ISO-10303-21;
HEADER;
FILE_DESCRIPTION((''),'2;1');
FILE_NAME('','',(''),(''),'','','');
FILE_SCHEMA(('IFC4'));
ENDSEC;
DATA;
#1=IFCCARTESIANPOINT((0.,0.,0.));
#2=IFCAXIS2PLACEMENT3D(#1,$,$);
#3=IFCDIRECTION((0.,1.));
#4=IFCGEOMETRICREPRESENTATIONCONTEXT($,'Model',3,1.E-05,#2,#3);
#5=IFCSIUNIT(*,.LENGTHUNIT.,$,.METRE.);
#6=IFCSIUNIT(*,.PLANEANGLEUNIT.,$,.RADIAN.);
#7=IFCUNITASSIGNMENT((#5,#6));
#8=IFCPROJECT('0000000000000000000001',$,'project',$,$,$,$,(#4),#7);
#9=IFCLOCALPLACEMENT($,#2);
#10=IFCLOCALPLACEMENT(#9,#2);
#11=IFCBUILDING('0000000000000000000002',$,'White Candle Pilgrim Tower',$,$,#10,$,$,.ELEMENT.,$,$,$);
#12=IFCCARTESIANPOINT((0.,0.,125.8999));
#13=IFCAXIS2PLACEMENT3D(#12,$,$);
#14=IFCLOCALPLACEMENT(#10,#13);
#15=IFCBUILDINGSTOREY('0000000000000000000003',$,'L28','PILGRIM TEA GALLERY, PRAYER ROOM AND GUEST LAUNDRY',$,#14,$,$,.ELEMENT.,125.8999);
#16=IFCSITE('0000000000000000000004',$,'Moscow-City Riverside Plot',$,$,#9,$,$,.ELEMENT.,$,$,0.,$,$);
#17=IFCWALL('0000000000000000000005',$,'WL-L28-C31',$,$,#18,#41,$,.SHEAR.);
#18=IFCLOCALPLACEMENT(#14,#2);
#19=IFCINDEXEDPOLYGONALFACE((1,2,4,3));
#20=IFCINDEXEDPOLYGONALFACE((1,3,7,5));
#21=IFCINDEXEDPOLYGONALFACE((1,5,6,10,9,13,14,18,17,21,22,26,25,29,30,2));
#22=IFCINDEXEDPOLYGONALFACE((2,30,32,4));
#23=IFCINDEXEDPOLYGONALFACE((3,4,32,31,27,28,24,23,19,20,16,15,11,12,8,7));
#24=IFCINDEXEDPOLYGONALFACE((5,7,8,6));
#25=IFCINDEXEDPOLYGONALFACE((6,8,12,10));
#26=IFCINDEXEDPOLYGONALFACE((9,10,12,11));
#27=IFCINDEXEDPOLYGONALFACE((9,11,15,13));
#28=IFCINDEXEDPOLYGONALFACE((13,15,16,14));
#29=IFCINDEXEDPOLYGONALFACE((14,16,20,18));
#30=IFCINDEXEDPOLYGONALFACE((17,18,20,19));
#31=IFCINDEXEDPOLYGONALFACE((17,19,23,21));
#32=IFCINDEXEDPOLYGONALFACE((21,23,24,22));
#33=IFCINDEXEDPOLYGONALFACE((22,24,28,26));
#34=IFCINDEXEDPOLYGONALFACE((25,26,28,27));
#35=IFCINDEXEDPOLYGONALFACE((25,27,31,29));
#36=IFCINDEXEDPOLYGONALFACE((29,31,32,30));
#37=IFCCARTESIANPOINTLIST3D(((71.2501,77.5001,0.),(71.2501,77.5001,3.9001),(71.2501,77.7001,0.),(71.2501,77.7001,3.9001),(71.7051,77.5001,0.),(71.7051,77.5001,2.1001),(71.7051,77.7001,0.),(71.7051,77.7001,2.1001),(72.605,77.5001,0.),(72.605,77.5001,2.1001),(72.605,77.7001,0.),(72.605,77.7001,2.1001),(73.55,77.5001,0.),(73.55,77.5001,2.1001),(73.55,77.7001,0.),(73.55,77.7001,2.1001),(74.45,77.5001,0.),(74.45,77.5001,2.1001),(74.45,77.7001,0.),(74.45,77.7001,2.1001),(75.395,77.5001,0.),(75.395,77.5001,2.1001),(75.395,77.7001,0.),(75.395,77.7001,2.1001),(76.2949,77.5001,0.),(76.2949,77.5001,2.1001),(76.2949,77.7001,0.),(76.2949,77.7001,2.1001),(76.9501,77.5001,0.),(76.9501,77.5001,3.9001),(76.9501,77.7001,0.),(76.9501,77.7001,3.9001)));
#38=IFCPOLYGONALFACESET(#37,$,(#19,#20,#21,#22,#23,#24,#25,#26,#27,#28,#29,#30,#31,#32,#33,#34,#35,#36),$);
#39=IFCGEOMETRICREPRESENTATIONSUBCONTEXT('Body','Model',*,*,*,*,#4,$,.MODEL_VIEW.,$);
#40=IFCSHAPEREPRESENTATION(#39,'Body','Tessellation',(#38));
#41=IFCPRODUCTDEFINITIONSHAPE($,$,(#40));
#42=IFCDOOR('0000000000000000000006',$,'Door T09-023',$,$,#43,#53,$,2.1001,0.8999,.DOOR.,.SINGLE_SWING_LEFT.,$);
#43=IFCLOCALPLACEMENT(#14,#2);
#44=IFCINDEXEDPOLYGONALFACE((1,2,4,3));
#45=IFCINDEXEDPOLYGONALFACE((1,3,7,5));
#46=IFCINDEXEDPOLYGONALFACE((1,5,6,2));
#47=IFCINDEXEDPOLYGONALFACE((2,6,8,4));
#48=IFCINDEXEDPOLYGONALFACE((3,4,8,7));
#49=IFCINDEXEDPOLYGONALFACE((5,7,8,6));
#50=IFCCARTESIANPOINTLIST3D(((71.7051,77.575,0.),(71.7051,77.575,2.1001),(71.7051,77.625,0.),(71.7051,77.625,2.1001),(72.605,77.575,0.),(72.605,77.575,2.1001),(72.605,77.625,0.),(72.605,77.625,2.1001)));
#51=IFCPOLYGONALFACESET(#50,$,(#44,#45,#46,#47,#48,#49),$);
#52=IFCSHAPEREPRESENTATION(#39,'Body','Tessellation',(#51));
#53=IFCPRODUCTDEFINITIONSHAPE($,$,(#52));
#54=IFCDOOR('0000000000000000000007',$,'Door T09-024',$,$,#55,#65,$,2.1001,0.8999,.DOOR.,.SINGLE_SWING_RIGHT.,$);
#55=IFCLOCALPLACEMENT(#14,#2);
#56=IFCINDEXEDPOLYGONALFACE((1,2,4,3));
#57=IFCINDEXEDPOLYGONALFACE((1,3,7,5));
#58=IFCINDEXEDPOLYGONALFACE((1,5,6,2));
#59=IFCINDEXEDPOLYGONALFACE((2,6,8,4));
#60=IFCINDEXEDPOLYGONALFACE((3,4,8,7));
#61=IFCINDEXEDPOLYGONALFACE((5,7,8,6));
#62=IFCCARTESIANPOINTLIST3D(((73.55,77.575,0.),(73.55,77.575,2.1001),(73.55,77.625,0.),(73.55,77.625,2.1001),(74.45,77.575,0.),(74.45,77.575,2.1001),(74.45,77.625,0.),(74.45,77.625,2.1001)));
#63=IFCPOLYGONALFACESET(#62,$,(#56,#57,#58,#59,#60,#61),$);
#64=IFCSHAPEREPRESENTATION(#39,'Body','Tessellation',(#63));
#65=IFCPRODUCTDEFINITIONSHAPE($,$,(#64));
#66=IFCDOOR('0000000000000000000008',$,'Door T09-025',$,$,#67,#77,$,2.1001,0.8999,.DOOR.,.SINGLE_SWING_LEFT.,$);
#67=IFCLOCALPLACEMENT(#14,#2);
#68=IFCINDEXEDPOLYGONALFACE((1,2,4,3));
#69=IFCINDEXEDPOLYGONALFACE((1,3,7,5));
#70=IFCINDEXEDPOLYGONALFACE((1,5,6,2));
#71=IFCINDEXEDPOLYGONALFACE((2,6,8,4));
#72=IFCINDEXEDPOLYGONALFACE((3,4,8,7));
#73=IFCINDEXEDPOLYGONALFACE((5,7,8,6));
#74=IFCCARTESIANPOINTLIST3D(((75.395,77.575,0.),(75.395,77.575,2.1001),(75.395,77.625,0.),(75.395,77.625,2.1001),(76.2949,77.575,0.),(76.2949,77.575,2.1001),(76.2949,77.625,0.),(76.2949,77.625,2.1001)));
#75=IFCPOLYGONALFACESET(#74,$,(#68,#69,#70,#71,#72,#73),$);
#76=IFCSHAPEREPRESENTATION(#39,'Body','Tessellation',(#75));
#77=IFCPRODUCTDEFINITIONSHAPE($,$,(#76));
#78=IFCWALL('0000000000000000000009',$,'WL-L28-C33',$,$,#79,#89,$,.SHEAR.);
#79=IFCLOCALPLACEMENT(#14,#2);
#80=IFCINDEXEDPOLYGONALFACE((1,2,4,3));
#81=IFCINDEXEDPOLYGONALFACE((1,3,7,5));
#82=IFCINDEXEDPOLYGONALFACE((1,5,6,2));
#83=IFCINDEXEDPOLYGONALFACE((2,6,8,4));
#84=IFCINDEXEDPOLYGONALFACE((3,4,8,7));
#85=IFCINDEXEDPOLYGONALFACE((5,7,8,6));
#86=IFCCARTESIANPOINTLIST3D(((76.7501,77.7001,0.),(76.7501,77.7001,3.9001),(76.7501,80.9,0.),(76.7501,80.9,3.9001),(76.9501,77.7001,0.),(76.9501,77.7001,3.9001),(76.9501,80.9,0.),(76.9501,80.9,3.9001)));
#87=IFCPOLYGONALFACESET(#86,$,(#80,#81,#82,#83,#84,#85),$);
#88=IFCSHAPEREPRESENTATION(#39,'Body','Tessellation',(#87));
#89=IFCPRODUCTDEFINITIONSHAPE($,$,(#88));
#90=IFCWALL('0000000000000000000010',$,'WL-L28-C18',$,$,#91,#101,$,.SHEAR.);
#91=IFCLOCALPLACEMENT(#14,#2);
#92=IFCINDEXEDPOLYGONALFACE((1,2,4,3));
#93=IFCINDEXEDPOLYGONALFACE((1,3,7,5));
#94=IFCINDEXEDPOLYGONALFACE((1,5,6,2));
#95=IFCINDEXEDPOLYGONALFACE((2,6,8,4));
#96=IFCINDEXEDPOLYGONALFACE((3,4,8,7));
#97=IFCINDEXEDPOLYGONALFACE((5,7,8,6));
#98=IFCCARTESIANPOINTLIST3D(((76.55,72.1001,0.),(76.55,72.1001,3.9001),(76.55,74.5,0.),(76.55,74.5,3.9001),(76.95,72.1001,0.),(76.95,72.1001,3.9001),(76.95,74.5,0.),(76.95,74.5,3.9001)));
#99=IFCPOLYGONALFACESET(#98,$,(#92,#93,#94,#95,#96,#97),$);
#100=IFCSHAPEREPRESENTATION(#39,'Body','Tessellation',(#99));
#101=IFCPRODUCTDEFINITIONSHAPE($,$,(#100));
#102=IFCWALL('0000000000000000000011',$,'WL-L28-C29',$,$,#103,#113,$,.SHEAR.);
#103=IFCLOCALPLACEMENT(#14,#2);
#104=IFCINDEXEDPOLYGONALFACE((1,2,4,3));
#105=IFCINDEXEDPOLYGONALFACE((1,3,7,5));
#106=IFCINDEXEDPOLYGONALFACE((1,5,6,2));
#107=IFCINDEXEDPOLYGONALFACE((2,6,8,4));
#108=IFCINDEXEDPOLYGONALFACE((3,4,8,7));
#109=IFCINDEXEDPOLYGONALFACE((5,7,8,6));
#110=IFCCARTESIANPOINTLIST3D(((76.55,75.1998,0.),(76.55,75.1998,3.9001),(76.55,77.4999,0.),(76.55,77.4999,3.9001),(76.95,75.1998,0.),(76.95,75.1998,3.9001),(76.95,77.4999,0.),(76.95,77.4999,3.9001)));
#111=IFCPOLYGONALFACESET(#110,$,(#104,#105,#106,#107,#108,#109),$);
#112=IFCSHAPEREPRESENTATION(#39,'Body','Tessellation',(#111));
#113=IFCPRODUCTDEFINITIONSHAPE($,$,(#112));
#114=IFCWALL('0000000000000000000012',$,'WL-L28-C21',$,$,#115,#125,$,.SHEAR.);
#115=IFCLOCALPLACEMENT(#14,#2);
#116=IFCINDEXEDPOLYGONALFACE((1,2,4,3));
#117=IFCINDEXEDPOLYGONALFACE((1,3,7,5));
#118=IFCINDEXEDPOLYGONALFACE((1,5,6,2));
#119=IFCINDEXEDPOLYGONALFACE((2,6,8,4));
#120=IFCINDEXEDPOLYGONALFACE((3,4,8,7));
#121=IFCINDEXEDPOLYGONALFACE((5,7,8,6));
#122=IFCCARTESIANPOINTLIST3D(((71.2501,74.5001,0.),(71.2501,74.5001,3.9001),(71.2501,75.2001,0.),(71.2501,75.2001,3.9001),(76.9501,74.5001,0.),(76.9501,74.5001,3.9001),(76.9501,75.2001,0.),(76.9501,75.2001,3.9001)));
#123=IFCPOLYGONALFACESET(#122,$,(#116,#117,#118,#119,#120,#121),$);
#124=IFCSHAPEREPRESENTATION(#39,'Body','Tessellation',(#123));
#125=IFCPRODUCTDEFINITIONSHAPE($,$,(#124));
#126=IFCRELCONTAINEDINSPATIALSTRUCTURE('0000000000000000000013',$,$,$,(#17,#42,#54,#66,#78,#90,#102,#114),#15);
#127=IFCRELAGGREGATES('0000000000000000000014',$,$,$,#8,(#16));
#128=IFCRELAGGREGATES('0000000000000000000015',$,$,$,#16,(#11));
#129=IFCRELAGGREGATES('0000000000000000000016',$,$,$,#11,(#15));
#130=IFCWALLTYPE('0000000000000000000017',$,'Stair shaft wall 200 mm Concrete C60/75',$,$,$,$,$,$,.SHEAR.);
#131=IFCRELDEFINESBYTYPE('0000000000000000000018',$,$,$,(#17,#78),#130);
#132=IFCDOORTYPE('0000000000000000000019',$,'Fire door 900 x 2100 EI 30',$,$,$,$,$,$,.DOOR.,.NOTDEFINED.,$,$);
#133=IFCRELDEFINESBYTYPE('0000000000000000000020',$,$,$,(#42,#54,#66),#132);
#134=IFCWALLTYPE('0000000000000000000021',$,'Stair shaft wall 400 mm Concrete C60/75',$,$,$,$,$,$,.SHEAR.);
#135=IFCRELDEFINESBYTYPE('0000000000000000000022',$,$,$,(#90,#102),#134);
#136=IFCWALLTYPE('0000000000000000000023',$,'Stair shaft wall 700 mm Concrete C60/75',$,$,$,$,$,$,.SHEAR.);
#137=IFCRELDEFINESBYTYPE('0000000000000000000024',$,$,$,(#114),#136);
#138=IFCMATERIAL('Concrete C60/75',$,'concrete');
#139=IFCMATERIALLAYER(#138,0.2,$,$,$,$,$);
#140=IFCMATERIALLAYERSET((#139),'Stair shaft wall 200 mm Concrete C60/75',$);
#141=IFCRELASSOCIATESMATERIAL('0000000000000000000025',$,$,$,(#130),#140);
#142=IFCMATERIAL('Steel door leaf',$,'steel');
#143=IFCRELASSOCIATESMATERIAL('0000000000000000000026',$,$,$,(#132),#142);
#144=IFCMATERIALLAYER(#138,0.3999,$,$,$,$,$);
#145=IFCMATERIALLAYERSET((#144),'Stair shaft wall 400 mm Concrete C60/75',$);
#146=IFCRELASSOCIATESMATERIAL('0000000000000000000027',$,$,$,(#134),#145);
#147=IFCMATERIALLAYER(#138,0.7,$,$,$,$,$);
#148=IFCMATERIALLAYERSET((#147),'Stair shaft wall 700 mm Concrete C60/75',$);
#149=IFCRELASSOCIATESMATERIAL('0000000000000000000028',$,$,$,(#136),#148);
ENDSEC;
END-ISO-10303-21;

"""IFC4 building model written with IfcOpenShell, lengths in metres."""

from ifc_helpers import new_model, si_unit, direction, frame, frame_2d, origin, place, context, subcontext, project, spatial, rectangle, extrude, material, layer, layer_set, type_object, element, fill, save


model = new_model("IFC4")

# Units and contexts
model_context = context("Model", 3, precision=1e-05, world=origin(), true_north=direction((0.0, 1.0)))
body_context = subcontext(model_context, "Body", "Model", "MODEL_VIEW")
ifc_project = project(units=[si_unit("LENGTHUNIT", "METRE"), si_unit("PLANEANGLEUNIT", "RADIAN")], contexts=[model_context])

# Site, building, storey
site_placement = place(None, origin())
site = spatial("IfcSite", under=ifc_project, at=site_placement, Name="Moscow-City Riverside Plot", CompositionType="ELEMENT", RefElevation=0.0)
building_placement = place(site_placement, origin())
building = spatial("IfcBuilding", under=site, at=building_placement, Name="White Candle Pilgrim Tower", CompositionType="ELEMENT")
storey_placement = place(building_placement, frame((0.0, 0.0, 125.8999)))
storey = spatial("IfcBuildingStorey", under=building, at=storey_placement, Name="L28", Description="PILGRIM TEA GALLERY, PRAYER ROOM AND GUEST LAUNDRY", CompositionType="ELEMENT", Elevation=125.8999)

# Shared definitions
ifc_material_1 = material(Name="Concrete C60/75", Category="concrete")

# Wall, openings, doors
ifc_layer_1 = layer(ifc_material_1, 0.2)
ifc_layer_set_1 = layer_set([ifc_layer_1], Name="Stair shaft wall 200 mm Concrete C60/75")
wall_type_1 = type_object("IfcWallType", Name="Stair shaft wall 200 mm Concrete C60/75", PredefinedType="SHEAR", material=ifc_layer_set_1)
wall_1_placement = place(storey_placement, frame((71.25, 77.6001, 0.0), z_axis=(0.0, 0.0, 1.0), x_axis=(1.0, 0.0, 0.0)))
wall_1 = element("IfcWall", 1, at=wall_1_placement, inside=storey, type_object=wall_type_1, Name="WL-L28-C31", PredefinedType="SHEAR", context=body_context, shape_type="SweptSolid", body=[
    extrude(rectangle(XDim=5.7, YDim=0.2, at=frame_2d((2.8501, 0.0))), origin(), (0.0, 0.0, 1.0), 3.9001),
])
opening_1_placement = place(wall_1_placement, frame((0.4551, 0.0, 0.0)))
opening_1 = element("IfcOpeningElement", 2, at=opening_1_placement, cuts=wall_1, PredefinedType="OPENING", context=body_context, shape_type="SweptSolid", body=[
    extrude(rectangle(XDim=0.8999, YDim=2.1001, at=frame_2d((0.45, 1.05))), frame((0.0, 0.1099, 0.0), z_axis=(0.0, -1.0, 0.0), x_axis=(1.0, 0.0, 0.0)), (0.0, 0.0, 1.0), 0.22),
])
opening_2_placement = place(wall_1_placement, frame((2.3, 0.0, 0.0)))
opening_2 = element("IfcOpeningElement", 3, at=opening_2_placement, cuts=wall_1, PredefinedType="OPENING", context=body_context, shape_type="SweptSolid", body=[
    extrude(rectangle(XDim=0.8999, YDim=2.1001, at=frame_2d((0.45, 1.05))), frame((0.0, 0.1099, 0.0), z_axis=(0.0, -1.0, 0.0), x_axis=(1.0, 0.0, 0.0)), (0.0, 0.0, 1.0), 0.22),
])
opening_3_placement = place(wall_1_placement, frame((4.145, 0.0, 0.0)))
opening_3 = element("IfcOpeningElement", 4, at=opening_3_placement, cuts=wall_1, PredefinedType="OPENING", context=body_context, shape_type="SweptSolid", body=[
    extrude(rectangle(XDim=0.8999, YDim=2.1001, at=frame_2d((0.45, 1.05))), frame((0.0, 0.1099, 0.0), z_axis=(0.0, -1.0, 0.0), x_axis=(1.0, 0.0, 0.0)), (0.0, 0.0, 1.0), 0.22),
])
ifc_material_2 = material(Name="Steel door leaf", Category="steel")
door_type = type_object("IfcDoorType", Name="Fire door 900 x 2100 EI 30", OperationType="NOTDEFINED", PredefinedType="DOOR", material=ifc_material_2)
door_1_placement = place(opening_1_placement, origin())
door_1 = element("IfcDoor", 5, at=door_1_placement, inside=storey, type_object=door_type, Name="Door T09-023", OperationType="SINGLE_SWING_LEFT", OverallHeight=2.1001, OverallWidth=0.8999, PredefinedType="DOOR", context=body_context, shape_type="SweptSolid", body=[
    extrude(rectangle(XDim=0.8999, YDim=2.1001, at=frame_2d((0.45, 1.05))), frame((0.0, 0.0249, 0.0), z_axis=(0.0, -1.0, 0.0), x_axis=(1.0, 0.0, 0.0)), (0.0, 0.0, 1.0), 0.05),
])
fill(opening_1, door_1)
door_2_placement = place(opening_2_placement, origin())
door_2 = element("IfcDoor", 6, at=door_2_placement, inside=storey, type_object=door_type, Name="Door T09-024", OperationType="SINGLE_SWING_RIGHT", OverallHeight=2.1001, OverallWidth=0.8999, PredefinedType="DOOR", context=body_context, shape_type="SweptSolid", body=[
    extrude(rectangle(XDim=0.8999, YDim=2.1001, at=frame_2d((0.45, 1.05))), frame((0.0, 0.0249, 0.0), z_axis=(0.0, -1.0, 0.0), x_axis=(1.0, 0.0, 0.0)), (0.0, 0.0, 1.0), 0.05),
])
fill(opening_2, door_2)
door_3_placement = place(opening_3_placement, origin())
door_3 = element("IfcDoor", 7, at=door_3_placement, inside=storey, type_object=door_type, Name="Door T09-025", OperationType="SINGLE_SWING_LEFT", OverallHeight=2.1001, OverallWidth=0.8999, PredefinedType="DOOR", context=body_context, shape_type="SweptSolid", body=[
    extrude(rectangle(XDim=0.8999, YDim=2.1001, at=frame_2d((0.45, 1.05))), frame((0.0, 0.0249, 0.0), z_axis=(0.0, -1.0, 0.0), x_axis=(1.0, 0.0, 0.0)), (0.0, 0.0, 1.0), 0.05),
])
fill(opening_3, door_3)

# Walls
wall_2_placement = place(storey_placement, frame((76.8501, 77.7, 0.0), z_axis=(0.0, 0.0, 1.0), x_axis=(0.0, 1.0, 0.0)))
element("IfcWall", 8, at=wall_2_placement, inside=storey, type_object=wall_type_1, Name="WL-L28-C33", PredefinedType="SHEAR", context=body_context, shape_type="SweptSolid", body=[
    extrude(rectangle(XDim=3.2, YDim=0.2, at=frame_2d((1.6001, 0.0))), origin(), (0.0, 0.0, 1.0), 3.9001),
])
ifc_layer_2 = layer(ifc_material_1, 0.3999)
ifc_layer_set_2 = layer_set([ifc_layer_2], Name="Stair shaft wall 400 mm Concrete C60/75")
wall_type_2 = type_object("IfcWallType", Name="Stair shaft wall 400 mm Concrete C60/75", PredefinedType="SHEAR", material=ifc_layer_set_2)
wall_3_placement = place(storey_placement, frame((76.75, 72.1001, 0.0), z_axis=(0.0, 0.0, 1.0), x_axis=(0.0, 1.0, 0.0)))
element("IfcWall", 9, at=wall_3_placement, inside=storey, type_object=wall_type_2, Name="WL-L28-C18", PredefinedType="SHEAR", context=body_context, shape_type="SweptSolid", body=[
    extrude(rectangle(XDim=2.3999, YDim=0.3999, at=frame_2d((1.2, 0.0))), origin(), (0.0, 0.0, 1.0), 3.9001),
])
wall_4_placement = place(storey_placement, frame((76.75, 75.2, 0.0), z_axis=(0.0, 0.0, 1.0), x_axis=(0.0, 1.0, 0.0)))
element("IfcWall", 10, at=wall_4_placement, inside=storey, type_object=wall_type_2, Name="WL-L28-C29", PredefinedType="SHEAR", context=body_context, shape_type="SweptSolid", body=[
    extrude(rectangle(XDim=2.3, YDim=0.3999, at=frame_2d((1.1499, 0.0))), origin(), (0.0, 0.0, 1.0), 3.9001),
])
ifc_layer_3 = layer(ifc_material_1, 0.7)
ifc_layer_set_3 = layer_set([ifc_layer_3], Name="Stair shaft wall 700 mm Concrete C60/75")
wall_type_3 = type_object("IfcWallType", Name="Stair shaft wall 700 mm Concrete C60/75", PredefinedType="SHEAR", material=ifc_layer_set_3)
wall_5_placement = place(storey_placement, frame((71.25, 74.8501, 0.0), z_axis=(0.0, 0.0, 1.0), x_axis=(1.0, 0.0, 0.0)))
element("IfcWall", 11, at=wall_5_placement, inside=storey, type_object=wall_type_3, Name="WL-L28-C21", PredefinedType="SHEAR", context=body_context, shape_type="SweptSolid", body=[
    extrude(rectangle(XDim=5.7, YDim=0.7, at=frame_2d((2.8501, 0.0))), origin(), (0.0, 0.0, 1.0), 3.9001),
])

save(model, "model.ifc")
